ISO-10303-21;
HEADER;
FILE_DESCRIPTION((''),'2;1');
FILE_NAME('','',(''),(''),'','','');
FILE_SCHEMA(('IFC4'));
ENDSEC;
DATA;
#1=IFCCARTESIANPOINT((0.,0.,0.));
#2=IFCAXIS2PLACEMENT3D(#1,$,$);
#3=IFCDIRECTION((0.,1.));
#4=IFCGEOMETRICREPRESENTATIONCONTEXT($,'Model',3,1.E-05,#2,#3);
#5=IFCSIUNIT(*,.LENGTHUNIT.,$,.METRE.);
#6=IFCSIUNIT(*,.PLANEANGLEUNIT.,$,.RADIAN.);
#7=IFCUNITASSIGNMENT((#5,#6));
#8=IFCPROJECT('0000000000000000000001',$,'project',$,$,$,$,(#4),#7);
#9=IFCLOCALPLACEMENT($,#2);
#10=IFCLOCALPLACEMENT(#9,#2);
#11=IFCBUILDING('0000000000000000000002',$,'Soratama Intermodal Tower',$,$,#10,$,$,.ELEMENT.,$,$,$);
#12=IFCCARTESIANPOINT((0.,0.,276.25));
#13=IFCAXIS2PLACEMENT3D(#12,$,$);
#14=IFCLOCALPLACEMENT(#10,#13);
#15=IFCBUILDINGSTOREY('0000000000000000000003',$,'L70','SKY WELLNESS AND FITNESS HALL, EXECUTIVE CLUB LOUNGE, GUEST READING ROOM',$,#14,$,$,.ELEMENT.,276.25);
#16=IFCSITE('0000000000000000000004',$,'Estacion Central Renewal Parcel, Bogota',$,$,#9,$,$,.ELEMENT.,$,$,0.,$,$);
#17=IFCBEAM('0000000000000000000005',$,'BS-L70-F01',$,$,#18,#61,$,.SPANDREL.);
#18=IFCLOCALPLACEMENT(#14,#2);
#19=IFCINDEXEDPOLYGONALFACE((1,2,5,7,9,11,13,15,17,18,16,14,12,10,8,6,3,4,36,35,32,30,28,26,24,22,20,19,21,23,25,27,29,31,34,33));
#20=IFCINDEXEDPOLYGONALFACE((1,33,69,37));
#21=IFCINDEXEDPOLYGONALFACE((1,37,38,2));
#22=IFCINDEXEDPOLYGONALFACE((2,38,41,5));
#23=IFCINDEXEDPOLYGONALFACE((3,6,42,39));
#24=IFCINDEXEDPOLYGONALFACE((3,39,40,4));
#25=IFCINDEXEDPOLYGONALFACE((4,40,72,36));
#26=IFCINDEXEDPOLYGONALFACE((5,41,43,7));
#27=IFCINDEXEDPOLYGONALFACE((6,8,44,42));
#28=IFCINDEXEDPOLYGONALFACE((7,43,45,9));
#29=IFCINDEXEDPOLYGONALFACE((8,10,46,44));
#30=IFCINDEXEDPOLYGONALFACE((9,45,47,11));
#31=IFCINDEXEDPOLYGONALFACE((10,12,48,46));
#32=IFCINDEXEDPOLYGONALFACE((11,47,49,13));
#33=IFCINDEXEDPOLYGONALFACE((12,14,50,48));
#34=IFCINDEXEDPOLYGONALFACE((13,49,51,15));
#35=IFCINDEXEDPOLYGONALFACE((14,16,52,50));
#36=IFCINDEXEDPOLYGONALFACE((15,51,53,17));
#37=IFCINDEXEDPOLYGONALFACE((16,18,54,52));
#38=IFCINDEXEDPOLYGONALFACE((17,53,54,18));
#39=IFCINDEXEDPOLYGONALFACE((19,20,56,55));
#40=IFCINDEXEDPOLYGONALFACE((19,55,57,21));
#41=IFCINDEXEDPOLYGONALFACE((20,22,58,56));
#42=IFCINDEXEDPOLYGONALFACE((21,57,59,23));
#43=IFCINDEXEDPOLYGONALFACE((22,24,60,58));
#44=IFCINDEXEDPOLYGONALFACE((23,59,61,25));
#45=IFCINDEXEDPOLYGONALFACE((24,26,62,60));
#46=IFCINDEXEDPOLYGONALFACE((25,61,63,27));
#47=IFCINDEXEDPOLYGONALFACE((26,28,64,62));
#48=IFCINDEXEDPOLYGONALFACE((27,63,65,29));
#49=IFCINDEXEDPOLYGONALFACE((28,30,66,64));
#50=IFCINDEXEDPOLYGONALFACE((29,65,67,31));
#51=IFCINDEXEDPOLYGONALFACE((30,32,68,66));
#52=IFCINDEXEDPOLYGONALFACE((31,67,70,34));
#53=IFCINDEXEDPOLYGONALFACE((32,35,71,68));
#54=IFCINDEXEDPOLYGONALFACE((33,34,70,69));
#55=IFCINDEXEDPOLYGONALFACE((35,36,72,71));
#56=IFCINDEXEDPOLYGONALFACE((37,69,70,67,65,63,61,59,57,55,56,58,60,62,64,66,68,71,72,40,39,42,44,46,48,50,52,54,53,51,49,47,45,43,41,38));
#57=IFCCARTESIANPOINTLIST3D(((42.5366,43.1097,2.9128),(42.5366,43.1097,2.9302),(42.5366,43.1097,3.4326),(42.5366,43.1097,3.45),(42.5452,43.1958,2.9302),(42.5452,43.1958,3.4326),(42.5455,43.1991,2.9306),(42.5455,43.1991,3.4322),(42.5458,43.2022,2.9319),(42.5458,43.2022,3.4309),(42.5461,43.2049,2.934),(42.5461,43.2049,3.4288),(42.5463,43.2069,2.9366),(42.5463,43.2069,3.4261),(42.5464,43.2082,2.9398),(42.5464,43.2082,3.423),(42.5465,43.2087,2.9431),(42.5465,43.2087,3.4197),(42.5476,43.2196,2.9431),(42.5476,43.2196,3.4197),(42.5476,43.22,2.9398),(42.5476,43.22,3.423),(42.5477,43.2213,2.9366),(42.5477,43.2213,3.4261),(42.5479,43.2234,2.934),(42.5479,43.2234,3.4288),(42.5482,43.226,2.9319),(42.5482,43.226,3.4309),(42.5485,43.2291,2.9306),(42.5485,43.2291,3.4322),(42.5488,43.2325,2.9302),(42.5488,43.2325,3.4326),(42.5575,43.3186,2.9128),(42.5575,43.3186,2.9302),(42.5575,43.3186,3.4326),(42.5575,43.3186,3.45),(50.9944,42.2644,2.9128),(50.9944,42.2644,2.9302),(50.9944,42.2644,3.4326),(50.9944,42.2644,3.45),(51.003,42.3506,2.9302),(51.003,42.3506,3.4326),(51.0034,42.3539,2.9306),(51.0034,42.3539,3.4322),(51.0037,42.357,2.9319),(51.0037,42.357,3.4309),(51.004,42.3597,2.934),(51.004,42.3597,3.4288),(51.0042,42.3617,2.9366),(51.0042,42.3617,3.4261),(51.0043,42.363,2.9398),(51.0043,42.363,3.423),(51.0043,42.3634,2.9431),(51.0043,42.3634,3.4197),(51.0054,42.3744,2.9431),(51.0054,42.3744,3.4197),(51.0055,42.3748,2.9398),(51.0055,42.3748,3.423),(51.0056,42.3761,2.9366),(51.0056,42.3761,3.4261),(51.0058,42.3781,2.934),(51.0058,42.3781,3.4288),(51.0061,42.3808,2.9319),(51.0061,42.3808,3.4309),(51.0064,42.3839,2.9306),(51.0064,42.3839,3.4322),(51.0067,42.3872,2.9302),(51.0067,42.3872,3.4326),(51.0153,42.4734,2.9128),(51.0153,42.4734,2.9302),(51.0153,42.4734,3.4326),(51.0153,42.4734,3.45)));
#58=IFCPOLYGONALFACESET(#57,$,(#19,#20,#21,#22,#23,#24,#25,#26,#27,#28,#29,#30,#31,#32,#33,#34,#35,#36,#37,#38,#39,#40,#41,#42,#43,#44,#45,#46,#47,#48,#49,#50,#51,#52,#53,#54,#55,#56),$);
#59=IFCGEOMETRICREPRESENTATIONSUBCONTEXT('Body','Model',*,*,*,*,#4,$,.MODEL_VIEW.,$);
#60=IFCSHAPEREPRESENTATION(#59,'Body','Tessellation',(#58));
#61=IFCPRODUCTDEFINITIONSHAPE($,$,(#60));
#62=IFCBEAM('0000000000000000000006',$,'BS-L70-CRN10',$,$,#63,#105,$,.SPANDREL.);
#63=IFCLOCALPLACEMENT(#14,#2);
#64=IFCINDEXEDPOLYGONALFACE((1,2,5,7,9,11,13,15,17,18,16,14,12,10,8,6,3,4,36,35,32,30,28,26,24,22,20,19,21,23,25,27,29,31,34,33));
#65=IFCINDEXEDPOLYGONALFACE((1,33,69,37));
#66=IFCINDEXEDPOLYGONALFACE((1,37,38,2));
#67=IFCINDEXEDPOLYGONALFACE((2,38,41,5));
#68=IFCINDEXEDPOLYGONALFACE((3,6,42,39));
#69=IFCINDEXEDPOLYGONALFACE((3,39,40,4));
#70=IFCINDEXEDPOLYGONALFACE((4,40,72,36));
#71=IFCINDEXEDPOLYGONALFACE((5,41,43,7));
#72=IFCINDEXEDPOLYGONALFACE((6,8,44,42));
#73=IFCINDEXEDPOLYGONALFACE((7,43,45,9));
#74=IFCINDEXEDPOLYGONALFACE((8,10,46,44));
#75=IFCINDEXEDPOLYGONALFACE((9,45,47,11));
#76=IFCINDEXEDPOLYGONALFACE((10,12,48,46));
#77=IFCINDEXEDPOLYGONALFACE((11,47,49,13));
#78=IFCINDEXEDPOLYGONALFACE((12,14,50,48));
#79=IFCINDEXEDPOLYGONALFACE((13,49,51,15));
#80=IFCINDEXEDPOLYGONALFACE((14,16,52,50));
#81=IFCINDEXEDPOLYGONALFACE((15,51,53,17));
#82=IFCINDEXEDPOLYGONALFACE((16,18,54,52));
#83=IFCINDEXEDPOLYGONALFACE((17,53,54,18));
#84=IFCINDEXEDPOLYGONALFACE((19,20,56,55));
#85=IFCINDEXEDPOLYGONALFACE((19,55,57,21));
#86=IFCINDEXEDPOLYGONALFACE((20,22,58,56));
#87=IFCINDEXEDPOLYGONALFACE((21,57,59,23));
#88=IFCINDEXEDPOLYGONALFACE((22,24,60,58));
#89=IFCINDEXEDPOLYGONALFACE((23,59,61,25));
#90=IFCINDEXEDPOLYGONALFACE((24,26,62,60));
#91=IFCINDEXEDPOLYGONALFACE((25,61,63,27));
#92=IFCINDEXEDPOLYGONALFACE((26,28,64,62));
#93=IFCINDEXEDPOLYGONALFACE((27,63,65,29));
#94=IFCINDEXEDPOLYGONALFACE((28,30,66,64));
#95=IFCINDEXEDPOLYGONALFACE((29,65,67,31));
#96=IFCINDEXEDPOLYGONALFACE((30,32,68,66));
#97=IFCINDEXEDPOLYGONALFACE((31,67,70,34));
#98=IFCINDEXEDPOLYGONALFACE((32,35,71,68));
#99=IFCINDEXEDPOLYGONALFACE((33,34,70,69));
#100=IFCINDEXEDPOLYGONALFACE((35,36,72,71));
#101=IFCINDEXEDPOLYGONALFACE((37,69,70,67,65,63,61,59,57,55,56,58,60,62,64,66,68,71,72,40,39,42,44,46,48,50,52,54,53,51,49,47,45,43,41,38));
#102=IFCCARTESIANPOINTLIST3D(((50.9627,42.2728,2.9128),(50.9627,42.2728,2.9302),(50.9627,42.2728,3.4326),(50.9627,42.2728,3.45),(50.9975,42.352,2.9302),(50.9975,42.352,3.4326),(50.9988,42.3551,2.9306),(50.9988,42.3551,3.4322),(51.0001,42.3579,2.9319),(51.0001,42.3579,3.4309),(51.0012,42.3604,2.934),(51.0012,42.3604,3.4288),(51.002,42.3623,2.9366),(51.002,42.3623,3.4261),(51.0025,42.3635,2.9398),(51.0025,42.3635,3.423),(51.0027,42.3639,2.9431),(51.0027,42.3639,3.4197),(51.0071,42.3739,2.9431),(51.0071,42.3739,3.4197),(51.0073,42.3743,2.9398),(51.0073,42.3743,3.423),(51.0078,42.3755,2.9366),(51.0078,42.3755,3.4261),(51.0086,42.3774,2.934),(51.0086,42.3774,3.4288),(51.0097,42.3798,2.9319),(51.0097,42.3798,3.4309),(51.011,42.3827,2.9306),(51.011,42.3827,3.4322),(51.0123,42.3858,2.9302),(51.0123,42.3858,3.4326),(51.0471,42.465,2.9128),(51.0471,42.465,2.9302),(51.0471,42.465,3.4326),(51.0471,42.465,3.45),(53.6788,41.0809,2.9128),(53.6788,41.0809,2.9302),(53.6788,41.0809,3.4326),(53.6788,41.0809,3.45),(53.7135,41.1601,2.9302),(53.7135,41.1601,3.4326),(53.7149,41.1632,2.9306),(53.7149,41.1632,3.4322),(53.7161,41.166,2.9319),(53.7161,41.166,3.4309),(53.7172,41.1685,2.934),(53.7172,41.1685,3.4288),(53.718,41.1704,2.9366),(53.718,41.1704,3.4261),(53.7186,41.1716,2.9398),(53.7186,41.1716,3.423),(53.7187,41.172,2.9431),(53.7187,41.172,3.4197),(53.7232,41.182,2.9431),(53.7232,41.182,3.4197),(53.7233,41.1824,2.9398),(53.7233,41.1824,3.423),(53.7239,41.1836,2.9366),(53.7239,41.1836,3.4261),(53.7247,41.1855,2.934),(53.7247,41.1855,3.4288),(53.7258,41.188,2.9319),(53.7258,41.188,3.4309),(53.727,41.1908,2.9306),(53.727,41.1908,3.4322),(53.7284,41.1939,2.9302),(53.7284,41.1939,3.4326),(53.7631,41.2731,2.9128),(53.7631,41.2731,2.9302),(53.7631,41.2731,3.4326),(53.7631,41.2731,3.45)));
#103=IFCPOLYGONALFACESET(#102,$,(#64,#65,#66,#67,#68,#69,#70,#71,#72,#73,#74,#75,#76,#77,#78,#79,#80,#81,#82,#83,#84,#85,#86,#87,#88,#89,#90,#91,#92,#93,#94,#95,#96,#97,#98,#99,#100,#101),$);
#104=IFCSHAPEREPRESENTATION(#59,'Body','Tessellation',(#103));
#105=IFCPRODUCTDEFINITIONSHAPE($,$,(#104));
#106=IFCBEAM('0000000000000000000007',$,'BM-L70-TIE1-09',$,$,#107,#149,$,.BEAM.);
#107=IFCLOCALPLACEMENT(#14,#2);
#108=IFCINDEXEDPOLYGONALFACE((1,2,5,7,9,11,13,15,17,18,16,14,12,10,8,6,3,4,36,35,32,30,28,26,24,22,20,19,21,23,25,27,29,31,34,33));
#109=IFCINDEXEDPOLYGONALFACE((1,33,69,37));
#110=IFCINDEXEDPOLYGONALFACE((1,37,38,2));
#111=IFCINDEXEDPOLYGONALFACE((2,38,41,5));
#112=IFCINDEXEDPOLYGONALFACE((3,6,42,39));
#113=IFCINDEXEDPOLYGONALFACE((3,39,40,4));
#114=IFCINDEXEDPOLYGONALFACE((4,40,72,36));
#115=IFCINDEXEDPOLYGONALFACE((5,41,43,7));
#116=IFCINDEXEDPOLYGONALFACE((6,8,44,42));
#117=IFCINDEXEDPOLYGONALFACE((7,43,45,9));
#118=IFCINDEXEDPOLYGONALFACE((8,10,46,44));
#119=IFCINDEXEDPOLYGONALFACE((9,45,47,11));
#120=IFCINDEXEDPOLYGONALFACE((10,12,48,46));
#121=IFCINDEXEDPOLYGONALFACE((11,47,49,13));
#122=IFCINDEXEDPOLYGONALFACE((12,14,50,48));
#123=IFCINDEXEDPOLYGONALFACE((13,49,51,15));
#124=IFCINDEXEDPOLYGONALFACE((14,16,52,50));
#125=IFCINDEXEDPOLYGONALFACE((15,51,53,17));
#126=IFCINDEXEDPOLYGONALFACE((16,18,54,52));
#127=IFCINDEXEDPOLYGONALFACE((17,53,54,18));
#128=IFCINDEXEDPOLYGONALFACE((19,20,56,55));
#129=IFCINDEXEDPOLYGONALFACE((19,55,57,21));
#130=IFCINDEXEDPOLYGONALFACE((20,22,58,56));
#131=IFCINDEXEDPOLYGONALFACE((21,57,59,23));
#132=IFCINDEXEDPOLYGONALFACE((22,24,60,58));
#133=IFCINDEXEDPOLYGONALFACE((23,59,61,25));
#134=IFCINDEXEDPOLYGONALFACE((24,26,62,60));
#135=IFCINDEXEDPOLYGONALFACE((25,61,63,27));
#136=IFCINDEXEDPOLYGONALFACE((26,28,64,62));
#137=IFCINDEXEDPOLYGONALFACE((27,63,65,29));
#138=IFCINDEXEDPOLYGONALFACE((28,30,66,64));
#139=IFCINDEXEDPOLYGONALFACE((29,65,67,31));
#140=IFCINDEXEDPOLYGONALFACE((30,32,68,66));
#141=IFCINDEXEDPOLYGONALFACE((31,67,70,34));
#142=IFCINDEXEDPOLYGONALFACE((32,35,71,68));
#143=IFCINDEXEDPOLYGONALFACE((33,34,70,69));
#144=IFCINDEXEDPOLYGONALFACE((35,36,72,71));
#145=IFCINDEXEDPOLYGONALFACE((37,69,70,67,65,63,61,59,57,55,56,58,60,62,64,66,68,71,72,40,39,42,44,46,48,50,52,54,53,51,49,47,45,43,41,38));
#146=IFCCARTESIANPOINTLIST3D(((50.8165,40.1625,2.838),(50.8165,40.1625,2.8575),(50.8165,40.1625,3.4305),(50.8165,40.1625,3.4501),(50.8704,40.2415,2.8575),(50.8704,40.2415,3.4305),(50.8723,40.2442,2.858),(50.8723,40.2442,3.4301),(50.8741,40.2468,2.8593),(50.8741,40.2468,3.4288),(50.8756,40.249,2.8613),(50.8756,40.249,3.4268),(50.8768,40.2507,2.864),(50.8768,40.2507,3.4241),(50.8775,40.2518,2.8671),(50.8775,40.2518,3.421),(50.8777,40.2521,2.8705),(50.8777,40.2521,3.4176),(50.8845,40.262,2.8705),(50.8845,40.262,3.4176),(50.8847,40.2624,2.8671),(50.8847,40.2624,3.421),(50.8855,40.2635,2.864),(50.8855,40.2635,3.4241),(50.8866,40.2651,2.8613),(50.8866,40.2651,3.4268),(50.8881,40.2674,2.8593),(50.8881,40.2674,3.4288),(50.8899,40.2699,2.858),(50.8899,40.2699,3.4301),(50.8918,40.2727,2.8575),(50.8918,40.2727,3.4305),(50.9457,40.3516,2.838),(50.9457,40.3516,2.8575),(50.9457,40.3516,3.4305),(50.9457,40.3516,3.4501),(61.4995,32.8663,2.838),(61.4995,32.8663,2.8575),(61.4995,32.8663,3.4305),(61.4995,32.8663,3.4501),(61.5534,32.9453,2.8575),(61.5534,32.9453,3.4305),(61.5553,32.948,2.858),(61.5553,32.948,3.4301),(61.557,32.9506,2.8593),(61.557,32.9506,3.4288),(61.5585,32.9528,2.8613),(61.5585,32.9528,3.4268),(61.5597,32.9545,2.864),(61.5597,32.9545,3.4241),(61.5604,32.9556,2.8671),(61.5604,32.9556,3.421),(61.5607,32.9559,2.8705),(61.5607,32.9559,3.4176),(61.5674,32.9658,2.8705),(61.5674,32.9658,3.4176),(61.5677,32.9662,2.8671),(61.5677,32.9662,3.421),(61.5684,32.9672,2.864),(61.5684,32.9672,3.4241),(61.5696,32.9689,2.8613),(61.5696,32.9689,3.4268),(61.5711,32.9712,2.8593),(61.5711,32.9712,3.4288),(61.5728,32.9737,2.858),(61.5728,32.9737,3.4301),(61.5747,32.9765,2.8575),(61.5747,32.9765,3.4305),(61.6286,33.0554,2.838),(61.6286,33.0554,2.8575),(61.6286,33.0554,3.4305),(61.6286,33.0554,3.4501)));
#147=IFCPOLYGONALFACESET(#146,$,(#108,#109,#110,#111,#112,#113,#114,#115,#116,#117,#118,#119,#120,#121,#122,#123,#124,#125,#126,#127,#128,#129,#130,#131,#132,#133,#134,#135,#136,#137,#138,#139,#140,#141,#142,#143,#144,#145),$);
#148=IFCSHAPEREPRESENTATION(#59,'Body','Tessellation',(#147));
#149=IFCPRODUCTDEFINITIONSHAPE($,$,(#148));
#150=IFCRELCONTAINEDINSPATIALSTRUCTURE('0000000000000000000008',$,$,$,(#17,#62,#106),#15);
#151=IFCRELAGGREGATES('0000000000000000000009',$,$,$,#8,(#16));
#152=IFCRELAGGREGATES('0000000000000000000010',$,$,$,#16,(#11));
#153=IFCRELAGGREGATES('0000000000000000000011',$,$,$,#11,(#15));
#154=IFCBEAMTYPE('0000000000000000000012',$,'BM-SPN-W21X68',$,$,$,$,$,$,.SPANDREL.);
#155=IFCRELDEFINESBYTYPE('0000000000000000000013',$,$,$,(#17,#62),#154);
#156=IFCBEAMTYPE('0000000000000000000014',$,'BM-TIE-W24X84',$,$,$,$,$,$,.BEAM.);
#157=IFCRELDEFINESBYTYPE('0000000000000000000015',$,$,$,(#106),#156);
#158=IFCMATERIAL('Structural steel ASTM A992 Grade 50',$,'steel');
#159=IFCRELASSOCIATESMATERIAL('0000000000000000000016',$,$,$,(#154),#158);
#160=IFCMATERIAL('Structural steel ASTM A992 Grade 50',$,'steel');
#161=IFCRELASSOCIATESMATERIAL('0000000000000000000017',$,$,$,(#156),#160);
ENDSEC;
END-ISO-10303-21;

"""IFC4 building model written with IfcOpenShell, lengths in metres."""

from ifc_helpers import new_model, si_unit, direction, frame, origin, origin_2d, place, context, subcontext, project, spatial, i_section, extrude, material, material_profile, profile_set, type_object, element, save


model = new_model("IFC4")

# Units and contexts
model_context = context("Model", 3, precision=1e-05, world=origin(), true_north=direction((0.0, 1.0)))
body_context = subcontext(model_context, "Body", "Model", "MODEL_VIEW")
ifc_project = project(units=[si_unit("LENGTHUNIT", "METRE"), si_unit("PLANEANGLEUNIT", "RADIAN")], contexts=[model_context])

# Site, building, storey
site_placement = place(None, origin())
site = spatial("IfcSite", under=ifc_project, at=site_placement, Name="Estacion Central Renewal Parcel, Bogota", CompositionType="ELEMENT", RefElevation=0.0)
building_placement = place(site_placement, origin())
building = spatial("IfcBuilding", under=site, at=building_placement, Name="Soratama Intermodal Tower", CompositionType="ELEMENT")
storey_placement = place(building_placement, frame((0.0, 0.0, 276.25)))
storey = spatial("IfcBuildingStorey", under=building, at=storey_placement, Name="L70", Description="SKY WELLNESS AND FITNESS HALL, EXECUTIVE CLUB LOUNGE, GUEST READING ROOM", CompositionType="ELEMENT", Elevation=276.25)

# Beams
ifc_material_1 = material(Name="Structural steel ASTM A992 Grade 50", Category="steel")
ifc_material_profile_1 = material_profile(ifc_material_1, i_section(OverallWidth=0.21, OverallDepth=0.5371, WebThickness=0.011, FlangeThickness=0.0173, FilletRadius=0.0129, at=origin_2d()), Name="W21X68")
ifc_profile_set_1 = profile_set([ifc_material_profile_1], Name="Structural steel ASTM A992 Grade 50")
beam_type_1 = type_object("IfcBeamType", Name="BM-SPN-W21X68", PredefinedType="SPANDREL", material=ifc_profile_set_1)
beam_1_placement = place(storey_placement, frame((51.0049, 42.3689, 3.1814), z_axis=(-0.995044, 0.099438, 0.0), x_axis=(-0.099438, -0.995044, 0.0)))
element("IfcBeam", 1, at=beam_1_placement, inside=storey, type_object=beam_type_1, Name="BS-L70-F01", PredefinedType="SPANDREL", context=body_context, shape_type="SweptSolid", body=[
    extrude(i_section(OverallWidth=0.21, OverallDepth=0.5371, WebThickness=0.011, FlangeThickness=0.0173, FilletRadius=0.0129, at=origin_2d()), origin(), (0.0, 0.0, 1.0), 8.5),
])
beam_2_placement = place(storey_placement, frame((53.7209, 41.177, 3.1814), z_axis=(-0.915709, 0.401842, 0.0), x_axis=(-0.401842, -0.915709, 0.0)))
element("IfcBeam", 2, at=beam_2_placement, inside=storey, type_object=beam_type_1, Name="BS-L70-CRN10", PredefinedType="SPANDREL", context=body_context, shape_type="SweptSolid", body=[
    extrude(i_section(OverallWidth=0.21, OverallDepth=0.5371, WebThickness=0.011, FlangeThickness=0.0173, FilletRadius=0.0129, at=origin_2d()), origin(), (0.0, 0.0, 1.0), 2.9661),
])
ifc_material_2 = material(Name="Structural steel ASTM A992 Grade 50", Category="steel")
ifc_material_profile_2 = material_profile(ifc_material_2, i_section(OverallWidth=0.229, OverallDepth=0.6121, WebThickness=0.012, FlangeThickness=0.0195, FilletRadius=0.0129, at=origin_2d()), Name="W24X84")
ifc_profile_set_2 = profile_set([ifc_material_profile_2], Name="Structural steel ASTM A992 Grade 50")
beam_type_2 = type_object("IfcBeamType", Name="BM-TIE-W24X84", PredefinedType="BEAM", material=ifc_profile_set_2)
beam_3_placement = place(storey_placement, frame((50.8811, 40.2571, 3.144), z_axis=(0.825782, -0.56399, 0.0), x_axis=(0.56399, 0.825782, 0.0)))
element("IfcBeam", 3, at=beam_3_placement, inside=storey, type_object=beam_type_2, Name="BM-L70-TIE1-09", PredefinedType="BEAM", context=body_context, shape_type="SweptSolid", body=[
    extrude(i_section(OverallWidth=0.229, OverallDepth=0.6121, WebThickness=0.012, FlangeThickness=0.0195, FilletRadius=0.0129, at=origin_2d()), origin(), (0.0, 0.0, 1.0), 12.9368),
])

save(model, "model.ifc")
